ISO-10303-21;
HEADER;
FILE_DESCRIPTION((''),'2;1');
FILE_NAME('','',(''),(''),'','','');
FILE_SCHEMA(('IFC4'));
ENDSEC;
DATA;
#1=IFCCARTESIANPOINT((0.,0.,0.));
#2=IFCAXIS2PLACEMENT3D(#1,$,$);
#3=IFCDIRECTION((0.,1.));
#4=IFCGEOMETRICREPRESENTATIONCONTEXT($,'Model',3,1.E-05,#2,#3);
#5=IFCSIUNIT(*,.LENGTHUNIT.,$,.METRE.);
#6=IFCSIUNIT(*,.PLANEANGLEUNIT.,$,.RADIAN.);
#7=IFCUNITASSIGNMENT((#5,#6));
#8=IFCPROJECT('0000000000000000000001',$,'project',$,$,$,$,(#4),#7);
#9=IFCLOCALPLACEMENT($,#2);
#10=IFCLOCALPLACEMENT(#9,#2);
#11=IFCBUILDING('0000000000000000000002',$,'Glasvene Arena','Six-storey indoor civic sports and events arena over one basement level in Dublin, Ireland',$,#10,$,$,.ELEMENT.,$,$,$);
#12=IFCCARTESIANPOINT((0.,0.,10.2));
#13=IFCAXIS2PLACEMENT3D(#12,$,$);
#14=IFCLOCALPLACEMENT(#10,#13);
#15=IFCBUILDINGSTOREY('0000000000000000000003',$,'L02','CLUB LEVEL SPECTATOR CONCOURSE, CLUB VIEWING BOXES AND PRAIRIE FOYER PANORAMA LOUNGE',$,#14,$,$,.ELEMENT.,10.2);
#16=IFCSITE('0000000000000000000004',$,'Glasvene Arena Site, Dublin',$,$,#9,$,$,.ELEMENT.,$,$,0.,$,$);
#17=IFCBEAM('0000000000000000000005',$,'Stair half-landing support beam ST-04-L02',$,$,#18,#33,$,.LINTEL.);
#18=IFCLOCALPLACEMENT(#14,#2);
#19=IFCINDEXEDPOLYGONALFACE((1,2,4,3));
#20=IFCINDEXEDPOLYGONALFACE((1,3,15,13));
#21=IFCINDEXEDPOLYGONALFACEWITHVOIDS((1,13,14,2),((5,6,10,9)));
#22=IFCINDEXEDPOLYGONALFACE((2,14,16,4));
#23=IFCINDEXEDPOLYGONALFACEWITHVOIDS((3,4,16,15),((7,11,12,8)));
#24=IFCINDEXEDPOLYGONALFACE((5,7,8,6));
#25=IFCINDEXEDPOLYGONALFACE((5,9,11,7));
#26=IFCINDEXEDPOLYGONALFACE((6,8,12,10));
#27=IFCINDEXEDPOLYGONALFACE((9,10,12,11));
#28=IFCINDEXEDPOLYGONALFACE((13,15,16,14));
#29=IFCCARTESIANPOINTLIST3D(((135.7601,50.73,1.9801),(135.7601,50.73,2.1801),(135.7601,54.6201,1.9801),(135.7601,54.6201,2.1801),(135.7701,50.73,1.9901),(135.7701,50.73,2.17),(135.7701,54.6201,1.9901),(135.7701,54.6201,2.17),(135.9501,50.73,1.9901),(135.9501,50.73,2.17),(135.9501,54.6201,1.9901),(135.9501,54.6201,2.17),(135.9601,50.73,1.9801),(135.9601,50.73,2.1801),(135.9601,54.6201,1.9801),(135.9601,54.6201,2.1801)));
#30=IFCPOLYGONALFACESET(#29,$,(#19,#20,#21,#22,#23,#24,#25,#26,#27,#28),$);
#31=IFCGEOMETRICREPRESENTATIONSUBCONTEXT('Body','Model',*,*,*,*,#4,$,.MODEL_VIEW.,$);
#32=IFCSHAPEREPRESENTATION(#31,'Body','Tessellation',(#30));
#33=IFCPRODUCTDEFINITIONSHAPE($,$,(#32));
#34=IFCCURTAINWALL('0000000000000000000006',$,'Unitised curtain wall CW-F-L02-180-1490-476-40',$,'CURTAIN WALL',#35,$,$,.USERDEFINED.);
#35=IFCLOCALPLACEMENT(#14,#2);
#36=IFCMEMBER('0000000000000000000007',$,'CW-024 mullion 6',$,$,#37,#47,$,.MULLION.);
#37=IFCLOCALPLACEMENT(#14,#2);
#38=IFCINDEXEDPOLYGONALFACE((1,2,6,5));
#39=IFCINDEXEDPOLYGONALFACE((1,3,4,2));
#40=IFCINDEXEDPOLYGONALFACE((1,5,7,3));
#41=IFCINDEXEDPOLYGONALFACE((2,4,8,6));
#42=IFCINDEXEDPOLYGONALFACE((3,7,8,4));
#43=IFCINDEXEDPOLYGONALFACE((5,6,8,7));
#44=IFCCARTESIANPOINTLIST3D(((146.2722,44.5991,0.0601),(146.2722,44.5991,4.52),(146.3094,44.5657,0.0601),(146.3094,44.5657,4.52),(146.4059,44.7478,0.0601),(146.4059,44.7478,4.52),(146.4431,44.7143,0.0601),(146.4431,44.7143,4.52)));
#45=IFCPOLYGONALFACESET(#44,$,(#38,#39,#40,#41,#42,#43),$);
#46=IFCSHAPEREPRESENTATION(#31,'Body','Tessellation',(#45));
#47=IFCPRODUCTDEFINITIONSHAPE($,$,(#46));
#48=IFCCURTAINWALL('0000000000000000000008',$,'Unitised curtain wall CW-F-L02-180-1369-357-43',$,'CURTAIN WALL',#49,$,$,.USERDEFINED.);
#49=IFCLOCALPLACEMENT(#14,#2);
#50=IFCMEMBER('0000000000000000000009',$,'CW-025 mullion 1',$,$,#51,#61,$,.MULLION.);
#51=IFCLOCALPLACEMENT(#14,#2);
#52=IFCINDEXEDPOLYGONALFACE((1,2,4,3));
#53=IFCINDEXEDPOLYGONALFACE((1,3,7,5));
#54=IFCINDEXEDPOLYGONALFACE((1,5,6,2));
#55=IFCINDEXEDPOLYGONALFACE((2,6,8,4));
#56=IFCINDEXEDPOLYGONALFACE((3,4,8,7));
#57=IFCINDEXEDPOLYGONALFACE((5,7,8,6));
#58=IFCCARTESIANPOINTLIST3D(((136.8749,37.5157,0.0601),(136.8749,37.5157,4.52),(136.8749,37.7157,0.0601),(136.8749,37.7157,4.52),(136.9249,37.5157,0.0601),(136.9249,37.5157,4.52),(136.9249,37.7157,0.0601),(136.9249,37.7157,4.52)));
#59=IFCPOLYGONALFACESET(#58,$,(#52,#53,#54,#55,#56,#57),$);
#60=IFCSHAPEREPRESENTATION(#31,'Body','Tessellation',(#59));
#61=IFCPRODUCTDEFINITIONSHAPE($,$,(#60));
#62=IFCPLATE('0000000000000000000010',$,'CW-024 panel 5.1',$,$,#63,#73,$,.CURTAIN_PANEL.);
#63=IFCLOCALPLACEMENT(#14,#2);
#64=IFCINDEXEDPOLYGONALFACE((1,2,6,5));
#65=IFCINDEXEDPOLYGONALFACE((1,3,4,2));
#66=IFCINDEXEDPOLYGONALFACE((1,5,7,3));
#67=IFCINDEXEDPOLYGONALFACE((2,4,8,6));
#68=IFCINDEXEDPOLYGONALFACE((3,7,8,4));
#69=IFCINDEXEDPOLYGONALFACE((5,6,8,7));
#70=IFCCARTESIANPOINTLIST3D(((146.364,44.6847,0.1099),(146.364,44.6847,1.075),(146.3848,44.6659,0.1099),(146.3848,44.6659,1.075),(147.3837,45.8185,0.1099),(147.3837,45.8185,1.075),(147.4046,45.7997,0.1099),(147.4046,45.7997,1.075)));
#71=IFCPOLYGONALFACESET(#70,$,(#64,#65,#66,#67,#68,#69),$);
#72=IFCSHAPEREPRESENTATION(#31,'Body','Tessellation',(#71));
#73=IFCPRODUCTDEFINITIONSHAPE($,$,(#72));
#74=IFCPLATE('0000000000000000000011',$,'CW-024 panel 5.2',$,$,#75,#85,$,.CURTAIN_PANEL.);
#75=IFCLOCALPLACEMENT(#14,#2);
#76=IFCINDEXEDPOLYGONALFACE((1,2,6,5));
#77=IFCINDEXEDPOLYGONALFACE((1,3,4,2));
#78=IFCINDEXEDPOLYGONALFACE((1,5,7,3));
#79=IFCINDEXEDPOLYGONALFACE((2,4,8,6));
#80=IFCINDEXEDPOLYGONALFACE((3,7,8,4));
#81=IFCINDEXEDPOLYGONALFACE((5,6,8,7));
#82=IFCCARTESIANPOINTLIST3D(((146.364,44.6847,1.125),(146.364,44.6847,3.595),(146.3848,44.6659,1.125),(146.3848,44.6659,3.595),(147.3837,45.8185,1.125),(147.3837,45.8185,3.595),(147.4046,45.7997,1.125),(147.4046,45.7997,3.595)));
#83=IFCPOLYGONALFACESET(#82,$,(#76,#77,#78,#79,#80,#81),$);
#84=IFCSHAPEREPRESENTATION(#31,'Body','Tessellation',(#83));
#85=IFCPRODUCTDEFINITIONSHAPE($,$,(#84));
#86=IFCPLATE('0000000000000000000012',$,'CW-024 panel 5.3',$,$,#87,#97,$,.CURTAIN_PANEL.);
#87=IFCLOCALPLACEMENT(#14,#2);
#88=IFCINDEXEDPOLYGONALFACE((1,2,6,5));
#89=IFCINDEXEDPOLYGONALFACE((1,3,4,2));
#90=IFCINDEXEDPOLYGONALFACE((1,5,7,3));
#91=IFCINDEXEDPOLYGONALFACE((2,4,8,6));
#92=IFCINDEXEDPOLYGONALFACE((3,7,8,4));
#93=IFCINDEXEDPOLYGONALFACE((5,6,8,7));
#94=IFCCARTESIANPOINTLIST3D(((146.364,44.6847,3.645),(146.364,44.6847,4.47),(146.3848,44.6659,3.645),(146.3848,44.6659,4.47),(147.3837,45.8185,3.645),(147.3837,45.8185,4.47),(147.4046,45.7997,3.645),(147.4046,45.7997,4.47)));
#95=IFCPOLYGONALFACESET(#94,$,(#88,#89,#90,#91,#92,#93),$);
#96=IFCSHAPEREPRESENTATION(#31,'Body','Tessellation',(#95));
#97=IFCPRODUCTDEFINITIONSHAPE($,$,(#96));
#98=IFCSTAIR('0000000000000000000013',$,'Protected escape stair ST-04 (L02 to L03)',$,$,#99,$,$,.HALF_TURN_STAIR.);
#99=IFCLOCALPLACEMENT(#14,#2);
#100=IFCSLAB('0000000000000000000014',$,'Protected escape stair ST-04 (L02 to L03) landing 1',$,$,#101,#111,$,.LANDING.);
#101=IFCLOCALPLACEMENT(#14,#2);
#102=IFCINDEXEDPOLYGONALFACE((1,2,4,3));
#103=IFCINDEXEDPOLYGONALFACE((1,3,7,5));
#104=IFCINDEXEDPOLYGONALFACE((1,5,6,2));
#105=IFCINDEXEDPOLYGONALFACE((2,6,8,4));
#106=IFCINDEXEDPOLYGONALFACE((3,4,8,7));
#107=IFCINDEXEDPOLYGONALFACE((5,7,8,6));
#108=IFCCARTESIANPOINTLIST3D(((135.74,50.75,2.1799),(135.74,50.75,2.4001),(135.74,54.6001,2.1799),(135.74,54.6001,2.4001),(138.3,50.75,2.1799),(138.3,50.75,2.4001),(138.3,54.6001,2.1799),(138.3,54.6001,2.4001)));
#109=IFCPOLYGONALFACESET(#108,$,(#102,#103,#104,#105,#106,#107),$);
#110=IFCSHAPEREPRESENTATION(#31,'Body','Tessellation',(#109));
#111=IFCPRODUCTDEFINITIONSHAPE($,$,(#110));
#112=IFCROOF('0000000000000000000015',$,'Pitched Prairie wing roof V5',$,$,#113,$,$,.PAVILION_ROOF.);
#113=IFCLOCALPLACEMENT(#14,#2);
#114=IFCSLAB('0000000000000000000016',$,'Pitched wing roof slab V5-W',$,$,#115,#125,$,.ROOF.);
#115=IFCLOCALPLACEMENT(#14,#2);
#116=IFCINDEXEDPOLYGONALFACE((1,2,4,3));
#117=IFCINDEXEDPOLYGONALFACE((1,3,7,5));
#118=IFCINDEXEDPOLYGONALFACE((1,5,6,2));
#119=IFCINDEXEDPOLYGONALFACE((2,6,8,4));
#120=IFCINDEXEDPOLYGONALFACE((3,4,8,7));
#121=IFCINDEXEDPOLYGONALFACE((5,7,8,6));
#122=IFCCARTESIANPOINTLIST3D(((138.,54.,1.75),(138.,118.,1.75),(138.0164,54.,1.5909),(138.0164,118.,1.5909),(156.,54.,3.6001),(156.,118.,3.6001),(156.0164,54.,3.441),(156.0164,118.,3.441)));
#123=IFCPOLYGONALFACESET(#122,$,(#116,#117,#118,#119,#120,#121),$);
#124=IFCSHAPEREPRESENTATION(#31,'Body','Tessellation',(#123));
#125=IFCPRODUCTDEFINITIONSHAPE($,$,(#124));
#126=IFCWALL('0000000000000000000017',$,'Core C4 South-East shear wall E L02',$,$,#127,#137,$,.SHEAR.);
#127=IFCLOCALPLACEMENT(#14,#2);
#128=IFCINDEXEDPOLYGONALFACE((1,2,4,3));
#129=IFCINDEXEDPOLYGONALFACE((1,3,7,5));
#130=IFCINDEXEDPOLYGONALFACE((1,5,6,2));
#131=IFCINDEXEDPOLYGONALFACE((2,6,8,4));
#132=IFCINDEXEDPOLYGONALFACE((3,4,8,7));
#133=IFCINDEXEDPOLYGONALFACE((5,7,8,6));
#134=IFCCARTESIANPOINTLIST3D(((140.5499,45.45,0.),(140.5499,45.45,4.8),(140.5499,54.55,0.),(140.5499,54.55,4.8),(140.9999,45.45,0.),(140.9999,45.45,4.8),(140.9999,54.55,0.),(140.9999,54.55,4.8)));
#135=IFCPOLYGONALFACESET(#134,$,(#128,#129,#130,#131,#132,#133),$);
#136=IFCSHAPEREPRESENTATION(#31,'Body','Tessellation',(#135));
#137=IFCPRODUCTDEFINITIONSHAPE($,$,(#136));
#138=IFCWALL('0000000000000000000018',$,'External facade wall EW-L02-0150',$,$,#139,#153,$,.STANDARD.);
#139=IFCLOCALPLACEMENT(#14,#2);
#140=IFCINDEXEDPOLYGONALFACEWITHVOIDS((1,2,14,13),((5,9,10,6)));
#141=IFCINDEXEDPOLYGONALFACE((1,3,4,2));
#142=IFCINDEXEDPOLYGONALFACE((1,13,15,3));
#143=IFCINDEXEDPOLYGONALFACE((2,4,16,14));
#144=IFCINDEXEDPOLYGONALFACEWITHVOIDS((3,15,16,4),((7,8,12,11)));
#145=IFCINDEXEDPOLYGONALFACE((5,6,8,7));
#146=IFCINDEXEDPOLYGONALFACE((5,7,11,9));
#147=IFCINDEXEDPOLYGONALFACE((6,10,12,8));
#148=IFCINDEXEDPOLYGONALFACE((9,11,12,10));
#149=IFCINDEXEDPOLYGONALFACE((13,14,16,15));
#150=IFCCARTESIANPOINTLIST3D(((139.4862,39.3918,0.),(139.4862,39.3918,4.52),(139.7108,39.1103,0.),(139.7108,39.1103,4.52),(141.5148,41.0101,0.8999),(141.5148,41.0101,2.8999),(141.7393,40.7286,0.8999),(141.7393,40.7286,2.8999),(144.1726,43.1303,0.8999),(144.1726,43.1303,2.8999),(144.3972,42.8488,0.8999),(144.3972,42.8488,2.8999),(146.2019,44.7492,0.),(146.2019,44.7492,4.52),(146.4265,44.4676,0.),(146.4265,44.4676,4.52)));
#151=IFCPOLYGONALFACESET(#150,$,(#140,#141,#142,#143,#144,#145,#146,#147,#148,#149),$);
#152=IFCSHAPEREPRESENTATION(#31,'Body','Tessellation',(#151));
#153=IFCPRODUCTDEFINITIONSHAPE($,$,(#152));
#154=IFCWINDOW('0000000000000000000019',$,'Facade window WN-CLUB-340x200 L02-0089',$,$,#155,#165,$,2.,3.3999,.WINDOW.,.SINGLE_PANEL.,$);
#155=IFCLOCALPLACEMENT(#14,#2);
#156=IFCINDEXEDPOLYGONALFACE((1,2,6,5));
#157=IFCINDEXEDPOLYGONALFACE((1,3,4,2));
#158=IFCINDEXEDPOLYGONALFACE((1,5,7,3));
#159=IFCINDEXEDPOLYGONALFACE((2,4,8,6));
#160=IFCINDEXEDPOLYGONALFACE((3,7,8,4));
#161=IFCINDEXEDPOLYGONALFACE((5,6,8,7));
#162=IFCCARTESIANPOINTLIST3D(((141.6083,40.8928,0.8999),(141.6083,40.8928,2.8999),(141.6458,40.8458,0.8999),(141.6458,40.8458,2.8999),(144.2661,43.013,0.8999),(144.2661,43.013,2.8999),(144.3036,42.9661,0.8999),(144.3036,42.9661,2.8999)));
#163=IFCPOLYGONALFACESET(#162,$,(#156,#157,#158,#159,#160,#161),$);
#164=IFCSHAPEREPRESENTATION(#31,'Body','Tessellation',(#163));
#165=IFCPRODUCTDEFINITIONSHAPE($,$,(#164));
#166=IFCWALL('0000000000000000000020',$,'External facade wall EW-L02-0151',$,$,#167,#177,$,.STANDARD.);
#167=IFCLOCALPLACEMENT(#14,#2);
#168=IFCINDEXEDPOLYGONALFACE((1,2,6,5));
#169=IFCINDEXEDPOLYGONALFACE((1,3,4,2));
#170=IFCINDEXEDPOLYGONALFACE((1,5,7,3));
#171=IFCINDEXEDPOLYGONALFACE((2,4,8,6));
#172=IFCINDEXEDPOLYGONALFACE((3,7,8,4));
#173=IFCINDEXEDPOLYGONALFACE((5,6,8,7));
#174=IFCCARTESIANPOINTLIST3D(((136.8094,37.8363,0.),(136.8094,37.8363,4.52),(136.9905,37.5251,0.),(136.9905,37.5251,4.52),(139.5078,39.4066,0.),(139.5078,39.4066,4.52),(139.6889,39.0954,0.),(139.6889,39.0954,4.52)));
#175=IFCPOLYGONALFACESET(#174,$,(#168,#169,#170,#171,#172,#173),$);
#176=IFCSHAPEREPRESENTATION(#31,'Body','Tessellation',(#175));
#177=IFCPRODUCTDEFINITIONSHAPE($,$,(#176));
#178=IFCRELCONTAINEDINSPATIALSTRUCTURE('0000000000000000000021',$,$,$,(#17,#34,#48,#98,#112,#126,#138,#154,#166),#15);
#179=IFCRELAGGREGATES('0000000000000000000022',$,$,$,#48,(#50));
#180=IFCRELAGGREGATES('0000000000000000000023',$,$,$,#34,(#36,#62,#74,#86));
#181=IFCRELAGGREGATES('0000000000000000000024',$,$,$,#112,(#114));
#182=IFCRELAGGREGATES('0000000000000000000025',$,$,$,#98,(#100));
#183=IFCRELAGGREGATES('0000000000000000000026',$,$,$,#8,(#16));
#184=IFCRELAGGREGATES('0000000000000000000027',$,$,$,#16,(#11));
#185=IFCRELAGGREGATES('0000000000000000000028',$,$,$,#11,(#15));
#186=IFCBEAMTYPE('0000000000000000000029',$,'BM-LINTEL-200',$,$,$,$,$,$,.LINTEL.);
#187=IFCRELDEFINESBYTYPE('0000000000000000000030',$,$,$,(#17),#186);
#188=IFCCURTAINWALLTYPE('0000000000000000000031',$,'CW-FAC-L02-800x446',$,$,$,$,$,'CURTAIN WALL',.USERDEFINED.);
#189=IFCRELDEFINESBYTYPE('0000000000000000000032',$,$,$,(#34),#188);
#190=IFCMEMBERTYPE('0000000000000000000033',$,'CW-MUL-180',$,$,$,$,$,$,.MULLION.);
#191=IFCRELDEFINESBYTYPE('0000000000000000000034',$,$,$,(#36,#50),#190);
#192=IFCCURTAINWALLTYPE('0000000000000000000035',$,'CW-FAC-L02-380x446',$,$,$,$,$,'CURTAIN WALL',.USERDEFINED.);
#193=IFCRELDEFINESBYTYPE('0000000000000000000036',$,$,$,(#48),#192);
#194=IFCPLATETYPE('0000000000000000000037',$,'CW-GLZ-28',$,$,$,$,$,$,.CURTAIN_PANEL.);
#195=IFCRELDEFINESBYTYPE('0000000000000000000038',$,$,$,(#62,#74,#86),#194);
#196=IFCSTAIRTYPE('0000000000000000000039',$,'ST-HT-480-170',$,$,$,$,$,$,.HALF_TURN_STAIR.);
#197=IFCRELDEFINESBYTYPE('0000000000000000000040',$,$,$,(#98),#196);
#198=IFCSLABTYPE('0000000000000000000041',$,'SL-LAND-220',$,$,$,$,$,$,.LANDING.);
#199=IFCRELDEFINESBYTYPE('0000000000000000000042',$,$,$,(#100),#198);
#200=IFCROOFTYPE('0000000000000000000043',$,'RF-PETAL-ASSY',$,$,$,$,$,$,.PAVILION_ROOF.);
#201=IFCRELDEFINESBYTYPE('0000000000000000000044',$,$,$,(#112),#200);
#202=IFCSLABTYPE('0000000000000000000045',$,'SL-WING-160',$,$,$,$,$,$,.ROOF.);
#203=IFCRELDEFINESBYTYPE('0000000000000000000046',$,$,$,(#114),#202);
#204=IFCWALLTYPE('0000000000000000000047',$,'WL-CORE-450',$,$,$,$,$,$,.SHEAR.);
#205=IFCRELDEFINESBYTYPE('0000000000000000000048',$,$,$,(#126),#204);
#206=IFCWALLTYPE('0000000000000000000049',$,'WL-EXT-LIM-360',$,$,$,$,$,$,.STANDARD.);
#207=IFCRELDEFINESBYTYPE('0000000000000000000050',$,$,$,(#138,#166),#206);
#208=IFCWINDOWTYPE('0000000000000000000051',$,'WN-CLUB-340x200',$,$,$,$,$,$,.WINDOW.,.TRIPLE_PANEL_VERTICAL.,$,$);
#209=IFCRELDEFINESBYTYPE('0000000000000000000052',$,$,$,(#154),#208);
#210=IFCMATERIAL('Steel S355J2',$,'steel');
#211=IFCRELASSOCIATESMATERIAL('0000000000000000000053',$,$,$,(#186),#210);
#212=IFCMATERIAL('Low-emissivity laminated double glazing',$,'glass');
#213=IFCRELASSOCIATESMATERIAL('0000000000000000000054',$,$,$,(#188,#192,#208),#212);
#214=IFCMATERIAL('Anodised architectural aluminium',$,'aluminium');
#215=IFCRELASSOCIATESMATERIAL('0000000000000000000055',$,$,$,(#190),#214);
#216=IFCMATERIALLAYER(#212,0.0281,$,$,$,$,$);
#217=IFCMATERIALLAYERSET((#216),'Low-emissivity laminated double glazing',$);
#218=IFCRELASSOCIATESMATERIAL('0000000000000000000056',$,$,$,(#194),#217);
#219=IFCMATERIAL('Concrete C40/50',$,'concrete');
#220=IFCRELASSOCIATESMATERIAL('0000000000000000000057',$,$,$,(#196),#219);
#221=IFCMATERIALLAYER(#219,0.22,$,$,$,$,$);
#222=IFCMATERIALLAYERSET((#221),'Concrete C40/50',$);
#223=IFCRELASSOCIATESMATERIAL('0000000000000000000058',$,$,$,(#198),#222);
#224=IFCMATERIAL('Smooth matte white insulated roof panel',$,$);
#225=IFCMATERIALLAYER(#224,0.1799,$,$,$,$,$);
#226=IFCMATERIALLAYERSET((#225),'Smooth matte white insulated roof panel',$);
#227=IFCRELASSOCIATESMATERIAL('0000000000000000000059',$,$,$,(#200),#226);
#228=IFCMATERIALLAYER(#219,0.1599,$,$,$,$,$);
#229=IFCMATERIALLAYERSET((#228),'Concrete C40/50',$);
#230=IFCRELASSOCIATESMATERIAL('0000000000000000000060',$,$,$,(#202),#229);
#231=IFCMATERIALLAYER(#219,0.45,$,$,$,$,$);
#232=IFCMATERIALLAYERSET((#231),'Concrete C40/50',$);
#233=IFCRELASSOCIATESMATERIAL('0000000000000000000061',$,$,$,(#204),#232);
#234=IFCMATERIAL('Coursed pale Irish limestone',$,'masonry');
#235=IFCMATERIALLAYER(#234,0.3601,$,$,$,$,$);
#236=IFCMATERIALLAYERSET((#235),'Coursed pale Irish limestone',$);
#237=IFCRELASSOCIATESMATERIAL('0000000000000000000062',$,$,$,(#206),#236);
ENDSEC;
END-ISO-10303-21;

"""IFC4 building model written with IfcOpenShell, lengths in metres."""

from ifc_helpers import new_model, si_unit, direction, frame, frame_2d, origin, origin_2d, place, context, subcontext, project, spatial, polyline, rectangle, hollow_rectangle, outline, extrude, material, layer, layer_set, material_profile, profile_set, type_object, element, fill, aggregate, save


model = new_model("IFC4")

# Units and contexts
model_context = context("Model", 3, precision=1e-05, world=origin(), true_north=direction((0.0, 1.0)))
body_context = subcontext(model_context, "Body", "Model", "MODEL_VIEW")
ifc_project = project(units=[si_unit("LENGTHUNIT", "METRE"), si_unit("PLANEANGLEUNIT", "RADIAN")], contexts=[model_context])

# Site, building, storey
site_placement = place(None, origin())
site = spatial("IfcSite", under=ifc_project, at=site_placement, Name="Glasvene Arena Site, Dublin", CompositionType="ELEMENT", RefElevation=0.0)
building_placement = place(site_placement, origin())
building = spatial("IfcBuilding", under=site, at=building_placement, Name="Glasvene Arena", Description="Six-storey indoor civic sports and events arena over one basement level in Dublin, Ireland", CompositionType="ELEMENT")
storey_placement = place(building_placement, frame((0.0, 0.0, 10.2)))
storey = spatial("IfcBuildingStorey", under=building, at=storey_placement, Name="L02", Description="CLUB LEVEL SPECTATOR CONCOURSE, CLUB VIEWING BOXES AND PRAIRIE FOYER PANORAMA LOUNGE", CompositionType="ELEMENT", Elevation=10.2)

# Shared definitions
ifc_material_1 = material(Name="Steel S355J2", Category="steel")

# Beam
ifc_material_profile_1 = material_profile(ifc_material_1, hollow_rectangle(XDim=0.2, YDim=0.2, WallThickness=0.01, at=origin_2d()), Name="SHS 200x200x10.0")
ifc_profile_set_1 = profile_set([ifc_material_profile_1], Name="Steel S355J2")
beam_type_1 = type_object("IfcBeamType", Name="BM-LINTEL-200", PredefinedType="LINTEL", material=ifc_profile_set_1)
beam_1_placement = place(storey_placement, frame((135.8601, 50.73, 2.0801), z_axis=(0.0, 1.0, 0.0), x_axis=(-1.0, 0.0, 0.0)))
element("IfcBeam", 1, at=beam_1_placement, inside=storey, type_object=beam_type_1, Name="Stair half-landing support beam ST-04-L02", PredefinedType="LINTEL", context=body_context, shape_type="SweptSolid", body=[
    extrude(hollow_rectangle(XDim=0.2, YDim=0.2, WallThickness=0.01, at=origin_2d()), origin(), (0.0, 0.0, 1.0), 3.8901),
])

# Curtain walls, members
ifc_material_2 = material(Name="Low-emissivity laminated double glazing", Category="glass")
curtain_wall_type_1 = type_object("IfcCurtainWallType", Name="CW-FAC-L02-800x446", ElementType="CURTAIN WALL", PredefinedType="USERDEFINED", material=ifc_material_2)
curtain_wall_1_placement = place(storey_placement, frame((151.6907, 50.5862, 0.0)))
curtain_wall_1 = element("IfcCurtainWall", 2, at=curtain_wall_1_placement, inside=storey, type_object=curtain_wall_type_1, Name="Unitised curtain wall CW-F-L02-180-1490-476-40", ObjectType="CURTAIN WALL", PredefinedType="USERDEFINED")
ifc_material_3 = material(Name="Anodised architectural aluminium", Category="aluminium")
ifc_material_profile_2 = material_profile(ifc_material_3, rectangle(XDim=0.05, YDim=0.2, at=origin_2d()), Name="ALU MULLION 50x200")
ifc_profile_set_2 = profile_set([ifc_material_profile_2], Name="Anodised architectural aluminium")
member_type = type_object("IfcMemberType", Name="CW-MUL-180", PredefinedType="MULLION", material=ifc_profile_set_2)
member_1_placement = place(storey_placement, frame((146.3577, 44.6567, 0.0601), z_axis=(0.0, 0.0, 1.0), x_axis=(0.743512, -0.668723, 0.0)))
member_1 = element("IfcMember", 3, at=member_1_placement, type_object=member_type, Name="CW-024 mullion 6", PredefinedType="MULLION", context=body_context, shape_type="SweptSolid", body=[
    extrude(rectangle(XDim=0.05, YDim=0.2, at=origin_2d()), origin(), (0.0, 0.0, 1.0), 4.46),
])
curtain_wall_type_2 = type_object("IfcCurtainWallType", Name="CW-FAC-L02-380x446", ElementType="CURTAIN WALL", PredefinedType="USERDEFINED", material=ifc_material_2)
curtain_wall_2_placement = place(storey_placement, frame((136.8999, 37.6406, 0.0)))
curtain_wall_2 = element("IfcCurtainWall", 4, at=curtain_wall_2_placement, inside=storey, type_object=curtain_wall_type_2, Name="Unitised curtain wall CW-F-L02-180-1369-357-43", ObjectType="CURTAIN WALL", PredefinedType="USERDEFINED")
member_2_placement = place(storey_placement, frame((136.8999, 37.6157, 0.0601), z_axis=(0.0, 0.0, 1.0), x_axis=(1.0, 0.0, 0.0)))
member_2 = element("IfcMember", 5, at=member_2_placement, type_object=member_type, Name="CW-025 mullion 1", PredefinedType="MULLION", context=body_context, shape_type="SweptSolid", body=[
    extrude(rectangle(XDim=0.05, YDim=0.2, at=origin_2d()), origin(), (0.0, 0.0, 1.0), 4.46),
])
aggregate(curtain_wall_2, [member_2])

# Plates
ifc_layer_1 = layer(ifc_material_2, 0.0281)
ifc_layer_set_1 = layer_set([ifc_layer_1], Name="Low-emissivity laminated double glazing")
plate_type = type_object("IfcPlateType", Name="CW-GLZ-28", PredefinedType="CURTAIN_PANEL", material=ifc_layer_set_1)
plate_1_placement = place(storey_placement, frame((146.8843, 45.2422, 0.1099), z_axis=(0.0, 0.0, 1.0), x_axis=(-0.668723, -0.743512, 0.0)))
plate_1 = element("IfcPlate", 6, at=plate_1_placement, type_object=plate_type, Name="CW-024 panel 5.1", PredefinedType="CURTAIN_PANEL", context=body_context, shape_type="SweptSolid", body=[
    extrude(rectangle(XDim=1.5249, YDim=0.0281, at=origin_2d()), origin(), (0.0, 0.0, 1.0), 0.9651),
])
plate_2_placement = place(storey_placement, frame((146.8843, 45.2422, 1.125), z_axis=(0.0, 0.0, 1.0), x_axis=(-0.668723, -0.743512, 0.0)))
plate_2 = element("IfcPlate", 7, at=plate_2_placement, type_object=plate_type, Name="CW-024 panel 5.2", PredefinedType="CURTAIN_PANEL", context=body_context, shape_type="SweptSolid", body=[
    extrude(rectangle(XDim=1.5249, YDim=0.0281, at=origin_2d()), origin(), (0.0, 0.0, 1.0), 2.47),
])
plate_3_placement = place(storey_placement, frame((146.8843, 45.2422, 3.645), z_axis=(0.0, 0.0, 1.0), x_axis=(-0.668723, -0.743512, 0.0)))
plate_3 = element("IfcPlate", 8, at=plate_3_placement, type_object=plate_type, Name="CW-024 panel 5.3", PredefinedType="CURTAIN_PANEL", context=body_context, shape_type="SweptSolid", body=[
    extrude(rectangle(XDim=1.5249, YDim=0.0281, at=origin_2d()), origin(), (0.0, 0.0, 1.0), 0.825),
])
aggregate(curtain_wall_1, [member_1, plate_1, plate_2, plate_3])

# Stair, slab
ifc_material_4 = material(Name="Concrete C40/50", Category="concrete")
stair_type = type_object("IfcStairType", Name="ST-HT-480-170", PredefinedType="HALF_TURN_STAIR", material=ifc_material_4)
stair_placement = place(storey_placement, origin())
stair = element("IfcStair", 9, at=stair_placement, inside=storey, type_object=stair_type, Name="Protected escape stair ST-04 (L02 to L03)", PredefinedType="HALF_TURN_STAIR")
ifc_layer_2 = layer(ifc_material_4, 0.22)
ifc_layer_set_2 = layer_set([ifc_layer_2], Name="Concrete C40/50")
slab_type_1 = type_object("IfcSlabType", Name="SL-LAND-220", PredefinedType="LANDING", material=ifc_layer_set_2)
slab_1_placement = place(storey_placement, frame((137.02, 52.675, 2.1799)))
slab_1 = element("IfcSlab", 10, at=slab_1_placement, type_object=slab_type_1, Name="Protected escape stair ST-04 (L02 to L03) landing 1", PredefinedType="LANDING", context=body_context, shape_type="SweptSolid", body=[
    extrude(outline(polyline([(-1.28, -1.925), (1.28, -1.925), (1.28, 1.925), (-1.28, 1.925), (-1.28, -1.925)])), origin(), (0.0, 0.0, 1.0), 0.2202),
])

# Roof, slab
ifc_material_5 = material(Name="Smooth matte white insulated roof panel")
ifc_layer_3 = layer(ifc_material_5, 0.1799)
ifc_layer_set_3 = layer_set([ifc_layer_3], Name="Smooth matte white insulated roof panel")
roof_type = type_object("IfcRoofType", Name="RF-PETAL-ASSY", PredefinedType="PAVILION_ROOF", material=ifc_layer_set_3)
roof_placement = place(storey_placement, frame((156.0, 86.0, 1.75)))
roof = element("IfcRoof", 11, at=roof_placement, inside=storey, type_object=roof_type, Name="Pitched Prairie wing roof V5", PredefinedType="PAVILION_ROOF")
ifc_layer_4 = layer(ifc_material_4, 0.1599)
ifc_layer_set_4 = layer_set([ifc_layer_4], Name="Concrete C40/50")
slab_type_2 = type_object("IfcSlabType", Name="SL-WING-160", PredefinedType="ROOF", material=ifc_layer_set_4)
slab_2_placement = place(storey_placement, frame((138.0, 54.0, 1.75), z_axis=(-0.102245, 0.0, 0.994759), x_axis=(0.994759, 0.0, 0.102245)))
slab_2 = element("IfcSlab", 12, at=slab_2_placement, type_object=slab_type_2, Name="Pitched wing roof slab V5-W", PredefinedType="ROOF", context=body_context, shape_type="SweptSolid", body=[
    extrude(outline(polyline([(0.0, 0.0), (18.0948, 0.0), (18.0948, 64.0), (0.0, 64.0), (0.0, 0.0)])), origin(), (0.0, 0.0, -1.0), 0.1599),
])
aggregate(roof, [slab_2])

# Wall
ifc_layer_5 = layer(ifc_material_4, 0.45)
ifc_layer_set_5 = layer_set([ifc_layer_5], Name="Concrete C40/50")
wall_type_1 = type_object("IfcWallType", Name="WL-CORE-450", PredefinedType="SHEAR", material=ifc_layer_set_5)
wall_1_placement = place(storey_placement, frame((140.7749, 45.45, 0.0), z_axis=(0.0, 0.0, 1.0), x_axis=(0.0, 1.0, 0.0)))
element("IfcWall", 13, at=wall_1_placement, inside=storey, type_object=wall_type_1, Name="Core C4 South-East shear wall E L02", PredefinedType="SHEAR", context=body_context, shape_type="SweptSolid", body=[
    extrude(rectangle(XDim=9.1001, YDim=0.45, at=frame_2d((4.55, 0.0))), origin(), (0.0, 0.0, 1.0), 4.8),
])

# Wall, opening, window
ifc_material_6 = material(Name="Coursed pale Irish limestone", Category="masonry")
ifc_layer_6 = layer(ifc_material_6, 0.3601)
ifc_layer_set_6 = layer_set([ifc_layer_6], Name="Coursed pale Irish limestone")
wall_type_2 = type_object("IfcWallType", Name="WL-EXT-LIM-360", PredefinedType="STANDARD", material=ifc_layer_set_6)
wall_2_placement = place(storey_placement, frame((146.3142, 44.6084, 0.0), z_axis=(0.0, 0.0, 1.0), x_axis=(-0.781733, -0.623613, 0.0)))
wall_2 = element("IfcWall", 14, at=wall_2_placement, inside=storey, type_object=wall_type_2, Name="External facade wall EW-L02-0150", PredefinedType="STANDARD", context=body_context, shape_type="SweptSolid", body=[
    extrude(rectangle(XDim=8.5908, YDim=0.3601, at=frame_2d((4.2954, 0.0))), origin(), (0.0, 0.0, 1.0), 4.52),
])
opening_1_placement = place(wall_2_placement, frame((2.5959, 0.0, 0.8999)))
opening_1 = element("IfcOpeningElement", 15, at=opening_1_placement, cuts=wall_2, PredefinedType="OPENING", context=body_context, shape_type="SweptSolid", body=[
    extrude(rectangle(XDim=3.3999, YDim=2.0, at=frame_2d((1.7, 1.0))), frame((0.0, 0.1899, 0.0), z_axis=(0.0, -1.0, 0.0), x_axis=(1.0, 0.0, 0.0)), (0.0, 0.0, 1.0), 0.3801),
])
window_type = type_object("IfcWindowType", Name="WN-CLUB-340x200", PartitioningType="TRIPLE_PANEL_VERTICAL", PredefinedType="WINDOW", material=ifc_material_2)
window_placement = place(opening_1_placement, origin())
window = element("IfcWindow", 16, at=window_placement, inside=storey, type_object=window_type, Name="Facade window WN-CLUB-340x200 L02-0089", OverallHeight=2.0, OverallWidth=3.3999, PartitioningType="SINGLE_PANEL", PredefinedType="WINDOW", context=body_context, shape_type="SweptSolid", body=[
    extrude(rectangle(XDim=3.3999, YDim=2.0, at=frame_2d((1.7, 1.0))), frame((0.0, 0.03, 0.0), z_axis=(0.0, -1.0, 0.0), x_axis=(1.0, 0.0, 0.0)), (0.0, 0.0, 1.0), 0.0601),
])
fill(opening_1, window)

# Wall
wall_3_placement = place(storey_placement, frame((139.5984, 39.251, 0.0), z_axis=(0.0, 0.0, 1.0), x_axis=(-0.864309, -0.502962, 0.0)))
element("IfcWall", 17, at=wall_3_placement, inside=storey, type_object=wall_type_2, Name="External facade wall EW-L02-0151", PredefinedType="STANDARD", context=body_context, shape_type="SweptSolid", body=[
    extrude(rectangle(XDim=3.1221, YDim=0.3601, at=frame_2d((1.561, 0.0))), origin(), (0.0, 0.0, 1.0), 4.52),
])

aggregate(stair, [slab_1])

save(model, "model.ifc")
